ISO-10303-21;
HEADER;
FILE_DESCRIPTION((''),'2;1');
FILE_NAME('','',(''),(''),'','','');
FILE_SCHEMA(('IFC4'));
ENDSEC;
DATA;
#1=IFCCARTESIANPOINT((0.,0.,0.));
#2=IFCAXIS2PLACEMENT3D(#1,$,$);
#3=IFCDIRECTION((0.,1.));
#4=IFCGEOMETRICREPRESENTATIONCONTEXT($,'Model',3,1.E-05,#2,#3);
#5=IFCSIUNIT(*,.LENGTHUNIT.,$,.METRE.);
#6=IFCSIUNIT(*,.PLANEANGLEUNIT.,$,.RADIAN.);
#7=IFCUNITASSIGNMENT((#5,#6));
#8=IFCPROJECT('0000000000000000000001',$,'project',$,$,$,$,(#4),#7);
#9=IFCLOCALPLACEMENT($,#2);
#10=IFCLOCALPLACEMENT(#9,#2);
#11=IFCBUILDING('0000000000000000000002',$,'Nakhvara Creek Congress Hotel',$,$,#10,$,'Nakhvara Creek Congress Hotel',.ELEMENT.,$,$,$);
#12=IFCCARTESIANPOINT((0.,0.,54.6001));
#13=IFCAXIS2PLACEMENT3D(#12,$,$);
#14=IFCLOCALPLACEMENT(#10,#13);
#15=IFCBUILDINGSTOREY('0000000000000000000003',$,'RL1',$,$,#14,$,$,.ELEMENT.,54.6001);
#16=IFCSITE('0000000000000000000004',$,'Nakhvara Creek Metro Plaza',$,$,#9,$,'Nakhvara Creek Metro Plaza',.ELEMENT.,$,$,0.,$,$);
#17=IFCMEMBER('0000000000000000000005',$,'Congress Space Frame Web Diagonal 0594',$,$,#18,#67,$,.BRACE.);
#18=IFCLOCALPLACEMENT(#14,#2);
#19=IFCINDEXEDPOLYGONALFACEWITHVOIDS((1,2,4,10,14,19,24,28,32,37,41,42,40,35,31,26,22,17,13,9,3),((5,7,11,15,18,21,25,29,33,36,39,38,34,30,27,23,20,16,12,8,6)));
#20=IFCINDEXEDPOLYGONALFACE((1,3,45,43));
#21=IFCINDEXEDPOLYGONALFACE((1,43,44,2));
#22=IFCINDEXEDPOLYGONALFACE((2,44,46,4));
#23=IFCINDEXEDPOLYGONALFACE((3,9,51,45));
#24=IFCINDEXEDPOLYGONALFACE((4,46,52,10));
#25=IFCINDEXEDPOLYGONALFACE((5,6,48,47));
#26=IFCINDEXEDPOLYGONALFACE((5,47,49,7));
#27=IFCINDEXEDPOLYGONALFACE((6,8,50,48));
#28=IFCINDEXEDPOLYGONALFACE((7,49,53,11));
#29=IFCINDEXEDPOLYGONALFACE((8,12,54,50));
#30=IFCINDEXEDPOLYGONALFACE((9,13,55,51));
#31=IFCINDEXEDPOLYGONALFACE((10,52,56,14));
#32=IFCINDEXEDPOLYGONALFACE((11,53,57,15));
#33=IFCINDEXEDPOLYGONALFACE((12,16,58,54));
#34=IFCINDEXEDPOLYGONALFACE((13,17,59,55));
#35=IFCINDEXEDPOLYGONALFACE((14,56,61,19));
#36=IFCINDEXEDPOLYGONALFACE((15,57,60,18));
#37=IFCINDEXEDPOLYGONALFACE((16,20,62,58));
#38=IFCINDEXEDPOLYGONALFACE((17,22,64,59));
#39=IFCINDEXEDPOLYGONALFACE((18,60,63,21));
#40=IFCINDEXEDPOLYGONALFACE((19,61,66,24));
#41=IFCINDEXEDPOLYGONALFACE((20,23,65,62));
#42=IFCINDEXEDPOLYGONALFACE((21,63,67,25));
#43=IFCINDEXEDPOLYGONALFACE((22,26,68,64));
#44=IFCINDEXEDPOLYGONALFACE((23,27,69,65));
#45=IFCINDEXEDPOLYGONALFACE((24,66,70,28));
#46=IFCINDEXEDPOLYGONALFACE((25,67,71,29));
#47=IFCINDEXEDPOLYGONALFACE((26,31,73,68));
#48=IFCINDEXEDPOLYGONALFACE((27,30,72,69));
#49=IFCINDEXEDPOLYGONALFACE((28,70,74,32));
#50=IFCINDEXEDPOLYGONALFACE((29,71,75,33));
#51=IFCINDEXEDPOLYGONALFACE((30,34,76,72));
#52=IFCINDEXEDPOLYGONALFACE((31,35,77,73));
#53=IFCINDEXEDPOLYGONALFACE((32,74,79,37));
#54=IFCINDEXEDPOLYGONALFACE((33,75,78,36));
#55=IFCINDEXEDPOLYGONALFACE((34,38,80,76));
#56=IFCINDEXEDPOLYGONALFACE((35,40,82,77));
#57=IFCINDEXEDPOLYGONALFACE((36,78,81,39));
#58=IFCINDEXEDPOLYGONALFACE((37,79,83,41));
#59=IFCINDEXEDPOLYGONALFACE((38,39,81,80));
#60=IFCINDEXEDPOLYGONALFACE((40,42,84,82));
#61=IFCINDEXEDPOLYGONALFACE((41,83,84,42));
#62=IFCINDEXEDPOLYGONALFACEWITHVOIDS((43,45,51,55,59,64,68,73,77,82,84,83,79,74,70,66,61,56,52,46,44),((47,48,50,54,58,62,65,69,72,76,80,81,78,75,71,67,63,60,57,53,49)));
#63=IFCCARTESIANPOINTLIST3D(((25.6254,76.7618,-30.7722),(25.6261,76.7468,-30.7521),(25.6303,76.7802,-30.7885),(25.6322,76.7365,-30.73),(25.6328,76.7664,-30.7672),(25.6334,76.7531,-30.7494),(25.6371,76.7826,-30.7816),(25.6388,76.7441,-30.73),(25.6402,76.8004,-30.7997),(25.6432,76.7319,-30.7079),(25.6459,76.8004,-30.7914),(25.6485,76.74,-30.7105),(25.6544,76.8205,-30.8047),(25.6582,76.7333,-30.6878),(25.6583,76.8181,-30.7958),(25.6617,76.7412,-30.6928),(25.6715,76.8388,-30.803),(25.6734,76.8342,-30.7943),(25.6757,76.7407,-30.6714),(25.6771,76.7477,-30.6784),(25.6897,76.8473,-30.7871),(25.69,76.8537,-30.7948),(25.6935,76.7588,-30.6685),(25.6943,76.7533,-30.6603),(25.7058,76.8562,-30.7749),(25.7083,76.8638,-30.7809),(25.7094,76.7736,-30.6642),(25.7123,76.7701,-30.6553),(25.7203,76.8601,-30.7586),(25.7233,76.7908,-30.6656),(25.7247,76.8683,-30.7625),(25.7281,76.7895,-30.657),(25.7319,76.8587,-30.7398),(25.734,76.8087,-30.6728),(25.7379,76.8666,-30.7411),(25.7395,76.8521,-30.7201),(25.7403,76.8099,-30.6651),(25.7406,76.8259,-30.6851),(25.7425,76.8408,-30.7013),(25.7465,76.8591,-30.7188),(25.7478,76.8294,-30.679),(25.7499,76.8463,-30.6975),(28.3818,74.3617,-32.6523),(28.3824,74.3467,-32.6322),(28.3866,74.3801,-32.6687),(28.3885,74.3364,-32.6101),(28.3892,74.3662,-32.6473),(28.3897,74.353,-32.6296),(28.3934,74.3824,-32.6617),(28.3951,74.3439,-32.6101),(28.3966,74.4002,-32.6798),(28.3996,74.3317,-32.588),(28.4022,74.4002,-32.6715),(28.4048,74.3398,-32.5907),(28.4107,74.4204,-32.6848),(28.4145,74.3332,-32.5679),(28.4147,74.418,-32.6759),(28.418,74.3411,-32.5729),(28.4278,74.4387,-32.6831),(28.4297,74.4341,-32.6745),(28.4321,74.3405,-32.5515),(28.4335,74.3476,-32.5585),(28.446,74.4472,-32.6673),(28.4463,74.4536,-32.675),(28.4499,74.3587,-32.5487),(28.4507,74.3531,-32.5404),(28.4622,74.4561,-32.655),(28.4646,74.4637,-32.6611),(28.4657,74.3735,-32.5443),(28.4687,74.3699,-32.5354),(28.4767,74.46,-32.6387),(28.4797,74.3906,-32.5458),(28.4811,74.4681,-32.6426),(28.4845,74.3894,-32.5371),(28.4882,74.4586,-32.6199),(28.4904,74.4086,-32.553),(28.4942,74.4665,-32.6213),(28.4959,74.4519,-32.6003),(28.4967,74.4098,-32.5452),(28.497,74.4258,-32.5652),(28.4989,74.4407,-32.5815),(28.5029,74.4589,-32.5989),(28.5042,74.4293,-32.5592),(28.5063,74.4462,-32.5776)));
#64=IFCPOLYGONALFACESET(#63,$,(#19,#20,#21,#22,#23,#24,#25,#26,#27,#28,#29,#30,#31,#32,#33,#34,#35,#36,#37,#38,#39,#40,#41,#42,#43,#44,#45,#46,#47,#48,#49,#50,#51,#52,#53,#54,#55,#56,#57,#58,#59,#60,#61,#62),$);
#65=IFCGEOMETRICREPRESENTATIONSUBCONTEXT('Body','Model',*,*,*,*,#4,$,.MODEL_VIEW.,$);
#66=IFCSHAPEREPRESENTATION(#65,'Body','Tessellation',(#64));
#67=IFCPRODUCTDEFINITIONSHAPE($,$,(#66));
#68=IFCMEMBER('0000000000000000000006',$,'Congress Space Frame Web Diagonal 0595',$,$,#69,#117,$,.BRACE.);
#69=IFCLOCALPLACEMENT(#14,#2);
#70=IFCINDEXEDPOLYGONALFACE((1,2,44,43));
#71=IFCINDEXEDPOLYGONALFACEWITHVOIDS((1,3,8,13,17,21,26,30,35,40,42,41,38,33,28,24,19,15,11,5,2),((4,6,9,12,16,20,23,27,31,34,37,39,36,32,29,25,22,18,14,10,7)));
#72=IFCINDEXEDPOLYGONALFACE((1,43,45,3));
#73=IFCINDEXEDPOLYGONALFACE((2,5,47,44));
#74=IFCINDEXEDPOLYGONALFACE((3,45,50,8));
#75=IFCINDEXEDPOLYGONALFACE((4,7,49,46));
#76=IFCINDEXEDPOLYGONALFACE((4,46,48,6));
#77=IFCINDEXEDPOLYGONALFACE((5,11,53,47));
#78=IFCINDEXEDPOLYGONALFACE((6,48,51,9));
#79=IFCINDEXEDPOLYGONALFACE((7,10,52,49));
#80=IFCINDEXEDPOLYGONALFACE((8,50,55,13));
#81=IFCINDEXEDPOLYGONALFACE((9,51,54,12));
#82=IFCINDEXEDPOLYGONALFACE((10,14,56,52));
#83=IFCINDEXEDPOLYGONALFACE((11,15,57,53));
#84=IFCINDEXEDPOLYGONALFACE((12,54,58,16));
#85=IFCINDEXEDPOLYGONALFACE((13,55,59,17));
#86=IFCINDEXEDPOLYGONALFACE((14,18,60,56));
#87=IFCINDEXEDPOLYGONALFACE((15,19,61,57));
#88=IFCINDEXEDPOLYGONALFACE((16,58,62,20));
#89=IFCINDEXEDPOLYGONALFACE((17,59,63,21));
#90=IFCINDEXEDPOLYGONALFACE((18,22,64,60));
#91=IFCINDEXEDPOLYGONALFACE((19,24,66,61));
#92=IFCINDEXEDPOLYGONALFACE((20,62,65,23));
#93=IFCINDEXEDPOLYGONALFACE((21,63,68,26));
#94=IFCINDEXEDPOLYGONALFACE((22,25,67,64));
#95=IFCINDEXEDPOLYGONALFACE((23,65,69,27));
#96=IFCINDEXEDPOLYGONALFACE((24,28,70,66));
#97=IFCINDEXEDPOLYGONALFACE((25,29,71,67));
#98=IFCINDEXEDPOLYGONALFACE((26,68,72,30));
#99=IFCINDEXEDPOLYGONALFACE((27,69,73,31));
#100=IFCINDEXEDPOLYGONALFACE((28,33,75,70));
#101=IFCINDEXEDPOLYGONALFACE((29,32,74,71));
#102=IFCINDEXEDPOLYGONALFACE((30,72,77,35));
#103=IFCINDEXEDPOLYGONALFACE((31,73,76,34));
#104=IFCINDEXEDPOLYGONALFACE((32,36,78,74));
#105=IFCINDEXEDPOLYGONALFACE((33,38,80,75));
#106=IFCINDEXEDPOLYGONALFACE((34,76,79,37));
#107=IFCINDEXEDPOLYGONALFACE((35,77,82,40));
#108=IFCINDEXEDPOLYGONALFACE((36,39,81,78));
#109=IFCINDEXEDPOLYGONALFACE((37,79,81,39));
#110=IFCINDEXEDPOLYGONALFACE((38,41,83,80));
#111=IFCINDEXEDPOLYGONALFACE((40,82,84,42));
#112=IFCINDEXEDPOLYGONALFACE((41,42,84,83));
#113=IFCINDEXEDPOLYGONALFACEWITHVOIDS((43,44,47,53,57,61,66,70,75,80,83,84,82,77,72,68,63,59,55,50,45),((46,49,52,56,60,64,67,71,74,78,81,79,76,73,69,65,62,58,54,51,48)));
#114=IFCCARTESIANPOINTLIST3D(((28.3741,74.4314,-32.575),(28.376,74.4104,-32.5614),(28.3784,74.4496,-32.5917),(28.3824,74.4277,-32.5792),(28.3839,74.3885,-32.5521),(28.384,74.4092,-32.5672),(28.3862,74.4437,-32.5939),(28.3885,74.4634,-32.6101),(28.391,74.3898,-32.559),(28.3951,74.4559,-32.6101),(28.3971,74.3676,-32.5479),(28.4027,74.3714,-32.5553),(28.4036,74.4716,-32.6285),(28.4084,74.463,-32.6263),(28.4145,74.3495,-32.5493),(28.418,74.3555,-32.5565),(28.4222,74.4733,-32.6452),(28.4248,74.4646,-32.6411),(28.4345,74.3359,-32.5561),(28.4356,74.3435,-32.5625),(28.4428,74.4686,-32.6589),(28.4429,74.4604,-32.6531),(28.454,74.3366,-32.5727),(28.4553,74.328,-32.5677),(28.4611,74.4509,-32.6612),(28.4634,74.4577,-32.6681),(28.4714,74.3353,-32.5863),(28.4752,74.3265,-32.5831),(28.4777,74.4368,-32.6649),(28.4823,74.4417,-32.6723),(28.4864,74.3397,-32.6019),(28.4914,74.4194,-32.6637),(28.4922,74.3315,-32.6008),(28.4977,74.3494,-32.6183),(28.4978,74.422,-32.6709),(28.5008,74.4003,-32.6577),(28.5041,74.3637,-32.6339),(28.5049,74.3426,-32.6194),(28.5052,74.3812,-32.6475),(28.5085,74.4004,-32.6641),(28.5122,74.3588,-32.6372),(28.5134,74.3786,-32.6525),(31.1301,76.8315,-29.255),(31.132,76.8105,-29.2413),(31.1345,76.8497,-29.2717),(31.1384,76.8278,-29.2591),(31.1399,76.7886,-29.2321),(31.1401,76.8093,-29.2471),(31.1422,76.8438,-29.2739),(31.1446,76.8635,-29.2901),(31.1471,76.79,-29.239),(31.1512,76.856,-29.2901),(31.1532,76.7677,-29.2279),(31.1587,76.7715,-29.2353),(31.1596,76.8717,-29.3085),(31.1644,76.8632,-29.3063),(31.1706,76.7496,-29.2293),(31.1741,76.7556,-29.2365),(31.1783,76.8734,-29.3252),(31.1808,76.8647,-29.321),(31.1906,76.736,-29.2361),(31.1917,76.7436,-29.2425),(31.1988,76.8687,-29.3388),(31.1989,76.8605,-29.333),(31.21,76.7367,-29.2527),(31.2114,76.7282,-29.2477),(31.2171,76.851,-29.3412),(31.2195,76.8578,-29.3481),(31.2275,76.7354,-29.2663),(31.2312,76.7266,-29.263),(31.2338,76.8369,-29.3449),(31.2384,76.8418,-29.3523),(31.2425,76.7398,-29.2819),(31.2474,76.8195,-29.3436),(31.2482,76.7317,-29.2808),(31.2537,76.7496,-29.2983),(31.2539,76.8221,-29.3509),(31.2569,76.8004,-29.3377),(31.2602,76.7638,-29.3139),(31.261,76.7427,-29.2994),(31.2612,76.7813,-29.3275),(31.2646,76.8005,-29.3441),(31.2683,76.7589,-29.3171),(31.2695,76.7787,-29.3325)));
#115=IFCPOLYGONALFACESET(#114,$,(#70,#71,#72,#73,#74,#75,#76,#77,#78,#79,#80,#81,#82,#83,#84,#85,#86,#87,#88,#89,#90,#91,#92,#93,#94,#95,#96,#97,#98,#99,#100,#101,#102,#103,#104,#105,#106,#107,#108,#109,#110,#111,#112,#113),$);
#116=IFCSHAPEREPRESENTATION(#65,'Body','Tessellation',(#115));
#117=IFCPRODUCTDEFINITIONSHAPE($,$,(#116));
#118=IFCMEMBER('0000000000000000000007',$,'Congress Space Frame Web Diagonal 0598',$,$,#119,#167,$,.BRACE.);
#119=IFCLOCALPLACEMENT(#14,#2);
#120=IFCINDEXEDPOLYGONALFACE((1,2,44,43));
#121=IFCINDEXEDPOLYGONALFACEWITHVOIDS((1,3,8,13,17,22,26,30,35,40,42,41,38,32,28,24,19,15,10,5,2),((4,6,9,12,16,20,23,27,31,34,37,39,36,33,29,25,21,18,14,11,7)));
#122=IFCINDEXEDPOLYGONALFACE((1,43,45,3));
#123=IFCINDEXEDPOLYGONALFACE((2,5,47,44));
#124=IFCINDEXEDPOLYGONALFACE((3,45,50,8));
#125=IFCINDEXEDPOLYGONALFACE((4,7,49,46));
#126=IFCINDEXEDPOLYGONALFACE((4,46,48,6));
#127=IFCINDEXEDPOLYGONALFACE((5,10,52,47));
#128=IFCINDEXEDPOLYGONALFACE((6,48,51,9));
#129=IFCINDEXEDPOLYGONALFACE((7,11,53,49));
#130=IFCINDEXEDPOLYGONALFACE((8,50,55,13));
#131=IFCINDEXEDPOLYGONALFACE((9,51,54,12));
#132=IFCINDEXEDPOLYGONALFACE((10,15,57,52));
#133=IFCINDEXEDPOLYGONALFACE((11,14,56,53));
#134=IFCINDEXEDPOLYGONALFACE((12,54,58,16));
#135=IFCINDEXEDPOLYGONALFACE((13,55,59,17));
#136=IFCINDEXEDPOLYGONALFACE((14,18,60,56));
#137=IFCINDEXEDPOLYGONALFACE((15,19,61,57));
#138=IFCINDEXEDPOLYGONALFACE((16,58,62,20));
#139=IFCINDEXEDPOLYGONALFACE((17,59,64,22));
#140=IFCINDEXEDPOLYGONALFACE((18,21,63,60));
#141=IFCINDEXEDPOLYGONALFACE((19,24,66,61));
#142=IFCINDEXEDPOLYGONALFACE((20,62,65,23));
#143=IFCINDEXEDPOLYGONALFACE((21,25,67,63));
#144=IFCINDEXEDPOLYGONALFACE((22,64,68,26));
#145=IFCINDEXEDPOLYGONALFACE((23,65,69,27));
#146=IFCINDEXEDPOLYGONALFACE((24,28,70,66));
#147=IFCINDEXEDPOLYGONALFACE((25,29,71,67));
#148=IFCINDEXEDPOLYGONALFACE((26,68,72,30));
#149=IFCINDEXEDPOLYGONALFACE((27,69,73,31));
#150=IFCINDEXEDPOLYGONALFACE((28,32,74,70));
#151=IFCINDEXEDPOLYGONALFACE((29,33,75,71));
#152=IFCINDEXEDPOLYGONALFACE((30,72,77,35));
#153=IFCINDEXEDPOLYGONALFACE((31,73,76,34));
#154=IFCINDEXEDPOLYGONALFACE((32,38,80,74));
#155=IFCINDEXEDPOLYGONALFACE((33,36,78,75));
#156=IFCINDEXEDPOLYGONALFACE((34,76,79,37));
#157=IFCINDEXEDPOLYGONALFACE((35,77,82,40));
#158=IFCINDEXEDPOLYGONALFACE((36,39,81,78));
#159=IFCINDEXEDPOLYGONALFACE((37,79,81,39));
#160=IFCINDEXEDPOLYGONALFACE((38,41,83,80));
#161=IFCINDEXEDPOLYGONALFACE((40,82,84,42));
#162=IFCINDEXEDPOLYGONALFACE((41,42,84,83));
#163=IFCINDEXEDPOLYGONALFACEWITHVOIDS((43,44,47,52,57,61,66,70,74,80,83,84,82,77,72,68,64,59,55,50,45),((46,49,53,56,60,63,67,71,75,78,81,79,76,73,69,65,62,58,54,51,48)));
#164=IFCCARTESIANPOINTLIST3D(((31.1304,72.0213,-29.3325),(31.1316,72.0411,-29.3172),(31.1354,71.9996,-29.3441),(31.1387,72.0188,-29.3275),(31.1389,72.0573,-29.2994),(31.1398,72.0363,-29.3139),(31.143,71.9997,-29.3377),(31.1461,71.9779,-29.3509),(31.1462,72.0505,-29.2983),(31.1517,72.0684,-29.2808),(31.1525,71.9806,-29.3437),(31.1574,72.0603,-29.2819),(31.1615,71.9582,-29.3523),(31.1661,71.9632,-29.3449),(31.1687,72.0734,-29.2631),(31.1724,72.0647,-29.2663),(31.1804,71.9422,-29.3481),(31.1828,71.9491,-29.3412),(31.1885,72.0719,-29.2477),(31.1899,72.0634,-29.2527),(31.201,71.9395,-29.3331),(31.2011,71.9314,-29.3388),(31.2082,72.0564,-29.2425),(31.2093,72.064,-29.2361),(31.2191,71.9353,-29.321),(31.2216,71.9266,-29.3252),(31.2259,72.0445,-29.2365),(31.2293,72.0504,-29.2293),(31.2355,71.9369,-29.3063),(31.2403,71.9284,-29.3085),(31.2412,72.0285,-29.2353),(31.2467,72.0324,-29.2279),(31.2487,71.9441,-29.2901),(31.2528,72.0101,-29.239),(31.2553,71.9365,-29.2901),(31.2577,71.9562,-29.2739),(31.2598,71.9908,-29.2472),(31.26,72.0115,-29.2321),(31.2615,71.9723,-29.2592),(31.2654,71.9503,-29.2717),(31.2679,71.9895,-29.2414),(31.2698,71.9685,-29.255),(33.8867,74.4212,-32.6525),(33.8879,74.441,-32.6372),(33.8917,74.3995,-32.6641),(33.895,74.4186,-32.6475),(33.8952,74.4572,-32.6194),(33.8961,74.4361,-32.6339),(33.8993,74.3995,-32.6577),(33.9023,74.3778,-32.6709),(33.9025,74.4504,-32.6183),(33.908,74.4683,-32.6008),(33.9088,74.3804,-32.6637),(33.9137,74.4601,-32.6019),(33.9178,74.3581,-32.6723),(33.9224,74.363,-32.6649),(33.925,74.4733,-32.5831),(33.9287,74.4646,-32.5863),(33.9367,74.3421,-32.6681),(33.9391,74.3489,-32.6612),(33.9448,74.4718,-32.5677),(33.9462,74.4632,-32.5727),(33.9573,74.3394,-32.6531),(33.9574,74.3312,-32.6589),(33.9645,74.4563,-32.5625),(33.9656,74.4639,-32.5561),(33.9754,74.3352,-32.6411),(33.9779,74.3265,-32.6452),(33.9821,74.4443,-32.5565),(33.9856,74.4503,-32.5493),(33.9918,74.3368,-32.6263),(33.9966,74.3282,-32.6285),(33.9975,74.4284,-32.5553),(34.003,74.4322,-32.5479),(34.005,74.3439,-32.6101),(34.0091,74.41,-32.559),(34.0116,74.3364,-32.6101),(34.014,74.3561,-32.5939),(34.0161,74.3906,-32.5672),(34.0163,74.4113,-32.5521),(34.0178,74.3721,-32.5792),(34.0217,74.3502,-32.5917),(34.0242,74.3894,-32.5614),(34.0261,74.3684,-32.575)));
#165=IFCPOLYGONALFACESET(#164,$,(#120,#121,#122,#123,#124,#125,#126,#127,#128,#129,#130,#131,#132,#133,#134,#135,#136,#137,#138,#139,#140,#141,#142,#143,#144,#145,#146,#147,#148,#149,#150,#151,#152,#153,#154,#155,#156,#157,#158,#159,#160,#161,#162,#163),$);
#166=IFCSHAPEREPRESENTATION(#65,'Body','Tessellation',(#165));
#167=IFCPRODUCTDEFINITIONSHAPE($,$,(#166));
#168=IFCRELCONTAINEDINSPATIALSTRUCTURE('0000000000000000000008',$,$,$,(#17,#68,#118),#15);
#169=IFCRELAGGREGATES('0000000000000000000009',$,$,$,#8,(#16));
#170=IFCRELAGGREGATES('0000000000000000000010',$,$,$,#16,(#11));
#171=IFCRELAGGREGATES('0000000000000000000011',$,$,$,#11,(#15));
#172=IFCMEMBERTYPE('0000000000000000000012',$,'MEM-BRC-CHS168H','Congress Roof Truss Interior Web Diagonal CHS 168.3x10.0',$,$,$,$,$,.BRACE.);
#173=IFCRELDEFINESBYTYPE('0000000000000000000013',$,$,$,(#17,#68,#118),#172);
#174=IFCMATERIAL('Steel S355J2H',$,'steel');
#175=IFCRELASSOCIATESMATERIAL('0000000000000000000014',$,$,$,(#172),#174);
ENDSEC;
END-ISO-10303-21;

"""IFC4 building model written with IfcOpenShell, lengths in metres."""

from ifc_helpers import new_model, si_unit, direction, frame, origin, origin_2d, place, context, subcontext, project, spatial, hollow_circle, extrude, material, material_profile, profile_set, type_object, element, save


model = new_model("IFC4")

# Units and contexts
model_context = context("Model", 3, precision=1e-05, world=origin(), true_north=direction((0.0, 1.0)))
body_context = subcontext(model_context, "Body", "Model", "MODEL_VIEW")
ifc_project = project(units=[si_unit("LENGTHUNIT", "METRE"), si_unit("PLANEANGLEUNIT", "RADIAN")], contexts=[model_context])

# Site, building, storey
site_placement = place(None, origin())
site = spatial("IfcSite", under=ifc_project, at=site_placement, Name="Nakhvara Creek Metro Plaza", LongName="Nakhvara Creek Metro Plaza", CompositionType="ELEMENT", RefElevation=0.0)
building_placement = place(site_placement, origin())
building = spatial("IfcBuilding", under=site, at=building_placement, Name="Nakhvara Creek Congress Hotel", LongName="Nakhvara Creek Congress Hotel", CompositionType="ELEMENT")
storey_placement = place(building_placement, frame((0.0, 0.0, 54.6001)))
storey = spatial("IfcBuildingStorey", under=building, at=storey_placement, Name="RL1", CompositionType="ELEMENT", Elevation=54.6001)

# Members
ifc_material_1 = material(Name="Steel S355J2H", Category="steel")
ifc_material_profile_1 = material_profile(ifc_material_1, hollow_circle(Radius=0.0842, WallThickness=0.01, at=origin_2d()), Name="CHS 168.3x10.0", Category="LoadBearing")
ifc_profile_set_1 = profile_set([ifc_material_profile_1], Name="Steel S355J2H")
member_type_1 = type_object("IfcMemberType", Name="MEM-BRC-CHS168H", Description="Congress Roof Truss Interior Web Diagonal CHS 168.3x10.0", PredefinedType="BRACE", material=ifc_profile_set_1)
member_1_placement = place(storey_placement, frame((28.4438, 74.3999, -32.6101), z_axis=(-0.670626, 0.583961, 0.457439), x_axis=(-0.656696, -0.754155, 0.0)))
element("IfcMember", 1, at=member_1_placement, inside=storey, type_object=member_type_1, Name="Congress Space Frame Web Diagonal 0594", PredefinedType="BRACE", context=body_context, shape_type="SweptSolid", body=[
    extrude(hollow_circle(Radius=0.0842, WallThickness=0.01, at=origin_2d()), origin(), (0.0, 0.0, 1.0), 4.1101),
])
for number, where, z_axis, x_axis, name in (
    (2, (28.4438, 74.3999, -32.6101), (0.55819, 0.486098, 0.672408), (-0.656729, 0.754126, 0.0), "Congress Space Frame Web Diagonal 0595"),
    (3, (33.9563, 74.3999, -32.6101), (-0.558237, -0.486047, 0.672406), (0.656658, -0.754188, 0.0), "Congress Space Frame Web Diagonal 0598"),
):
    element("IfcMember", number, at=place(storey_placement, frame(where, z_axis=z_axis, x_axis=x_axis)), inside=storey, type_object=member_type_1, Name=name, PredefinedType="BRACE", context=body_context, shape_type="SweptSolid", body=[
        extrude(hollow_circle(Radius=0.0842, WallThickness=0.01, at=origin_2d()), origin(), (0.0, 0.0, 1.0), 4.9375),
    ])

save(model, "model.ifc")
